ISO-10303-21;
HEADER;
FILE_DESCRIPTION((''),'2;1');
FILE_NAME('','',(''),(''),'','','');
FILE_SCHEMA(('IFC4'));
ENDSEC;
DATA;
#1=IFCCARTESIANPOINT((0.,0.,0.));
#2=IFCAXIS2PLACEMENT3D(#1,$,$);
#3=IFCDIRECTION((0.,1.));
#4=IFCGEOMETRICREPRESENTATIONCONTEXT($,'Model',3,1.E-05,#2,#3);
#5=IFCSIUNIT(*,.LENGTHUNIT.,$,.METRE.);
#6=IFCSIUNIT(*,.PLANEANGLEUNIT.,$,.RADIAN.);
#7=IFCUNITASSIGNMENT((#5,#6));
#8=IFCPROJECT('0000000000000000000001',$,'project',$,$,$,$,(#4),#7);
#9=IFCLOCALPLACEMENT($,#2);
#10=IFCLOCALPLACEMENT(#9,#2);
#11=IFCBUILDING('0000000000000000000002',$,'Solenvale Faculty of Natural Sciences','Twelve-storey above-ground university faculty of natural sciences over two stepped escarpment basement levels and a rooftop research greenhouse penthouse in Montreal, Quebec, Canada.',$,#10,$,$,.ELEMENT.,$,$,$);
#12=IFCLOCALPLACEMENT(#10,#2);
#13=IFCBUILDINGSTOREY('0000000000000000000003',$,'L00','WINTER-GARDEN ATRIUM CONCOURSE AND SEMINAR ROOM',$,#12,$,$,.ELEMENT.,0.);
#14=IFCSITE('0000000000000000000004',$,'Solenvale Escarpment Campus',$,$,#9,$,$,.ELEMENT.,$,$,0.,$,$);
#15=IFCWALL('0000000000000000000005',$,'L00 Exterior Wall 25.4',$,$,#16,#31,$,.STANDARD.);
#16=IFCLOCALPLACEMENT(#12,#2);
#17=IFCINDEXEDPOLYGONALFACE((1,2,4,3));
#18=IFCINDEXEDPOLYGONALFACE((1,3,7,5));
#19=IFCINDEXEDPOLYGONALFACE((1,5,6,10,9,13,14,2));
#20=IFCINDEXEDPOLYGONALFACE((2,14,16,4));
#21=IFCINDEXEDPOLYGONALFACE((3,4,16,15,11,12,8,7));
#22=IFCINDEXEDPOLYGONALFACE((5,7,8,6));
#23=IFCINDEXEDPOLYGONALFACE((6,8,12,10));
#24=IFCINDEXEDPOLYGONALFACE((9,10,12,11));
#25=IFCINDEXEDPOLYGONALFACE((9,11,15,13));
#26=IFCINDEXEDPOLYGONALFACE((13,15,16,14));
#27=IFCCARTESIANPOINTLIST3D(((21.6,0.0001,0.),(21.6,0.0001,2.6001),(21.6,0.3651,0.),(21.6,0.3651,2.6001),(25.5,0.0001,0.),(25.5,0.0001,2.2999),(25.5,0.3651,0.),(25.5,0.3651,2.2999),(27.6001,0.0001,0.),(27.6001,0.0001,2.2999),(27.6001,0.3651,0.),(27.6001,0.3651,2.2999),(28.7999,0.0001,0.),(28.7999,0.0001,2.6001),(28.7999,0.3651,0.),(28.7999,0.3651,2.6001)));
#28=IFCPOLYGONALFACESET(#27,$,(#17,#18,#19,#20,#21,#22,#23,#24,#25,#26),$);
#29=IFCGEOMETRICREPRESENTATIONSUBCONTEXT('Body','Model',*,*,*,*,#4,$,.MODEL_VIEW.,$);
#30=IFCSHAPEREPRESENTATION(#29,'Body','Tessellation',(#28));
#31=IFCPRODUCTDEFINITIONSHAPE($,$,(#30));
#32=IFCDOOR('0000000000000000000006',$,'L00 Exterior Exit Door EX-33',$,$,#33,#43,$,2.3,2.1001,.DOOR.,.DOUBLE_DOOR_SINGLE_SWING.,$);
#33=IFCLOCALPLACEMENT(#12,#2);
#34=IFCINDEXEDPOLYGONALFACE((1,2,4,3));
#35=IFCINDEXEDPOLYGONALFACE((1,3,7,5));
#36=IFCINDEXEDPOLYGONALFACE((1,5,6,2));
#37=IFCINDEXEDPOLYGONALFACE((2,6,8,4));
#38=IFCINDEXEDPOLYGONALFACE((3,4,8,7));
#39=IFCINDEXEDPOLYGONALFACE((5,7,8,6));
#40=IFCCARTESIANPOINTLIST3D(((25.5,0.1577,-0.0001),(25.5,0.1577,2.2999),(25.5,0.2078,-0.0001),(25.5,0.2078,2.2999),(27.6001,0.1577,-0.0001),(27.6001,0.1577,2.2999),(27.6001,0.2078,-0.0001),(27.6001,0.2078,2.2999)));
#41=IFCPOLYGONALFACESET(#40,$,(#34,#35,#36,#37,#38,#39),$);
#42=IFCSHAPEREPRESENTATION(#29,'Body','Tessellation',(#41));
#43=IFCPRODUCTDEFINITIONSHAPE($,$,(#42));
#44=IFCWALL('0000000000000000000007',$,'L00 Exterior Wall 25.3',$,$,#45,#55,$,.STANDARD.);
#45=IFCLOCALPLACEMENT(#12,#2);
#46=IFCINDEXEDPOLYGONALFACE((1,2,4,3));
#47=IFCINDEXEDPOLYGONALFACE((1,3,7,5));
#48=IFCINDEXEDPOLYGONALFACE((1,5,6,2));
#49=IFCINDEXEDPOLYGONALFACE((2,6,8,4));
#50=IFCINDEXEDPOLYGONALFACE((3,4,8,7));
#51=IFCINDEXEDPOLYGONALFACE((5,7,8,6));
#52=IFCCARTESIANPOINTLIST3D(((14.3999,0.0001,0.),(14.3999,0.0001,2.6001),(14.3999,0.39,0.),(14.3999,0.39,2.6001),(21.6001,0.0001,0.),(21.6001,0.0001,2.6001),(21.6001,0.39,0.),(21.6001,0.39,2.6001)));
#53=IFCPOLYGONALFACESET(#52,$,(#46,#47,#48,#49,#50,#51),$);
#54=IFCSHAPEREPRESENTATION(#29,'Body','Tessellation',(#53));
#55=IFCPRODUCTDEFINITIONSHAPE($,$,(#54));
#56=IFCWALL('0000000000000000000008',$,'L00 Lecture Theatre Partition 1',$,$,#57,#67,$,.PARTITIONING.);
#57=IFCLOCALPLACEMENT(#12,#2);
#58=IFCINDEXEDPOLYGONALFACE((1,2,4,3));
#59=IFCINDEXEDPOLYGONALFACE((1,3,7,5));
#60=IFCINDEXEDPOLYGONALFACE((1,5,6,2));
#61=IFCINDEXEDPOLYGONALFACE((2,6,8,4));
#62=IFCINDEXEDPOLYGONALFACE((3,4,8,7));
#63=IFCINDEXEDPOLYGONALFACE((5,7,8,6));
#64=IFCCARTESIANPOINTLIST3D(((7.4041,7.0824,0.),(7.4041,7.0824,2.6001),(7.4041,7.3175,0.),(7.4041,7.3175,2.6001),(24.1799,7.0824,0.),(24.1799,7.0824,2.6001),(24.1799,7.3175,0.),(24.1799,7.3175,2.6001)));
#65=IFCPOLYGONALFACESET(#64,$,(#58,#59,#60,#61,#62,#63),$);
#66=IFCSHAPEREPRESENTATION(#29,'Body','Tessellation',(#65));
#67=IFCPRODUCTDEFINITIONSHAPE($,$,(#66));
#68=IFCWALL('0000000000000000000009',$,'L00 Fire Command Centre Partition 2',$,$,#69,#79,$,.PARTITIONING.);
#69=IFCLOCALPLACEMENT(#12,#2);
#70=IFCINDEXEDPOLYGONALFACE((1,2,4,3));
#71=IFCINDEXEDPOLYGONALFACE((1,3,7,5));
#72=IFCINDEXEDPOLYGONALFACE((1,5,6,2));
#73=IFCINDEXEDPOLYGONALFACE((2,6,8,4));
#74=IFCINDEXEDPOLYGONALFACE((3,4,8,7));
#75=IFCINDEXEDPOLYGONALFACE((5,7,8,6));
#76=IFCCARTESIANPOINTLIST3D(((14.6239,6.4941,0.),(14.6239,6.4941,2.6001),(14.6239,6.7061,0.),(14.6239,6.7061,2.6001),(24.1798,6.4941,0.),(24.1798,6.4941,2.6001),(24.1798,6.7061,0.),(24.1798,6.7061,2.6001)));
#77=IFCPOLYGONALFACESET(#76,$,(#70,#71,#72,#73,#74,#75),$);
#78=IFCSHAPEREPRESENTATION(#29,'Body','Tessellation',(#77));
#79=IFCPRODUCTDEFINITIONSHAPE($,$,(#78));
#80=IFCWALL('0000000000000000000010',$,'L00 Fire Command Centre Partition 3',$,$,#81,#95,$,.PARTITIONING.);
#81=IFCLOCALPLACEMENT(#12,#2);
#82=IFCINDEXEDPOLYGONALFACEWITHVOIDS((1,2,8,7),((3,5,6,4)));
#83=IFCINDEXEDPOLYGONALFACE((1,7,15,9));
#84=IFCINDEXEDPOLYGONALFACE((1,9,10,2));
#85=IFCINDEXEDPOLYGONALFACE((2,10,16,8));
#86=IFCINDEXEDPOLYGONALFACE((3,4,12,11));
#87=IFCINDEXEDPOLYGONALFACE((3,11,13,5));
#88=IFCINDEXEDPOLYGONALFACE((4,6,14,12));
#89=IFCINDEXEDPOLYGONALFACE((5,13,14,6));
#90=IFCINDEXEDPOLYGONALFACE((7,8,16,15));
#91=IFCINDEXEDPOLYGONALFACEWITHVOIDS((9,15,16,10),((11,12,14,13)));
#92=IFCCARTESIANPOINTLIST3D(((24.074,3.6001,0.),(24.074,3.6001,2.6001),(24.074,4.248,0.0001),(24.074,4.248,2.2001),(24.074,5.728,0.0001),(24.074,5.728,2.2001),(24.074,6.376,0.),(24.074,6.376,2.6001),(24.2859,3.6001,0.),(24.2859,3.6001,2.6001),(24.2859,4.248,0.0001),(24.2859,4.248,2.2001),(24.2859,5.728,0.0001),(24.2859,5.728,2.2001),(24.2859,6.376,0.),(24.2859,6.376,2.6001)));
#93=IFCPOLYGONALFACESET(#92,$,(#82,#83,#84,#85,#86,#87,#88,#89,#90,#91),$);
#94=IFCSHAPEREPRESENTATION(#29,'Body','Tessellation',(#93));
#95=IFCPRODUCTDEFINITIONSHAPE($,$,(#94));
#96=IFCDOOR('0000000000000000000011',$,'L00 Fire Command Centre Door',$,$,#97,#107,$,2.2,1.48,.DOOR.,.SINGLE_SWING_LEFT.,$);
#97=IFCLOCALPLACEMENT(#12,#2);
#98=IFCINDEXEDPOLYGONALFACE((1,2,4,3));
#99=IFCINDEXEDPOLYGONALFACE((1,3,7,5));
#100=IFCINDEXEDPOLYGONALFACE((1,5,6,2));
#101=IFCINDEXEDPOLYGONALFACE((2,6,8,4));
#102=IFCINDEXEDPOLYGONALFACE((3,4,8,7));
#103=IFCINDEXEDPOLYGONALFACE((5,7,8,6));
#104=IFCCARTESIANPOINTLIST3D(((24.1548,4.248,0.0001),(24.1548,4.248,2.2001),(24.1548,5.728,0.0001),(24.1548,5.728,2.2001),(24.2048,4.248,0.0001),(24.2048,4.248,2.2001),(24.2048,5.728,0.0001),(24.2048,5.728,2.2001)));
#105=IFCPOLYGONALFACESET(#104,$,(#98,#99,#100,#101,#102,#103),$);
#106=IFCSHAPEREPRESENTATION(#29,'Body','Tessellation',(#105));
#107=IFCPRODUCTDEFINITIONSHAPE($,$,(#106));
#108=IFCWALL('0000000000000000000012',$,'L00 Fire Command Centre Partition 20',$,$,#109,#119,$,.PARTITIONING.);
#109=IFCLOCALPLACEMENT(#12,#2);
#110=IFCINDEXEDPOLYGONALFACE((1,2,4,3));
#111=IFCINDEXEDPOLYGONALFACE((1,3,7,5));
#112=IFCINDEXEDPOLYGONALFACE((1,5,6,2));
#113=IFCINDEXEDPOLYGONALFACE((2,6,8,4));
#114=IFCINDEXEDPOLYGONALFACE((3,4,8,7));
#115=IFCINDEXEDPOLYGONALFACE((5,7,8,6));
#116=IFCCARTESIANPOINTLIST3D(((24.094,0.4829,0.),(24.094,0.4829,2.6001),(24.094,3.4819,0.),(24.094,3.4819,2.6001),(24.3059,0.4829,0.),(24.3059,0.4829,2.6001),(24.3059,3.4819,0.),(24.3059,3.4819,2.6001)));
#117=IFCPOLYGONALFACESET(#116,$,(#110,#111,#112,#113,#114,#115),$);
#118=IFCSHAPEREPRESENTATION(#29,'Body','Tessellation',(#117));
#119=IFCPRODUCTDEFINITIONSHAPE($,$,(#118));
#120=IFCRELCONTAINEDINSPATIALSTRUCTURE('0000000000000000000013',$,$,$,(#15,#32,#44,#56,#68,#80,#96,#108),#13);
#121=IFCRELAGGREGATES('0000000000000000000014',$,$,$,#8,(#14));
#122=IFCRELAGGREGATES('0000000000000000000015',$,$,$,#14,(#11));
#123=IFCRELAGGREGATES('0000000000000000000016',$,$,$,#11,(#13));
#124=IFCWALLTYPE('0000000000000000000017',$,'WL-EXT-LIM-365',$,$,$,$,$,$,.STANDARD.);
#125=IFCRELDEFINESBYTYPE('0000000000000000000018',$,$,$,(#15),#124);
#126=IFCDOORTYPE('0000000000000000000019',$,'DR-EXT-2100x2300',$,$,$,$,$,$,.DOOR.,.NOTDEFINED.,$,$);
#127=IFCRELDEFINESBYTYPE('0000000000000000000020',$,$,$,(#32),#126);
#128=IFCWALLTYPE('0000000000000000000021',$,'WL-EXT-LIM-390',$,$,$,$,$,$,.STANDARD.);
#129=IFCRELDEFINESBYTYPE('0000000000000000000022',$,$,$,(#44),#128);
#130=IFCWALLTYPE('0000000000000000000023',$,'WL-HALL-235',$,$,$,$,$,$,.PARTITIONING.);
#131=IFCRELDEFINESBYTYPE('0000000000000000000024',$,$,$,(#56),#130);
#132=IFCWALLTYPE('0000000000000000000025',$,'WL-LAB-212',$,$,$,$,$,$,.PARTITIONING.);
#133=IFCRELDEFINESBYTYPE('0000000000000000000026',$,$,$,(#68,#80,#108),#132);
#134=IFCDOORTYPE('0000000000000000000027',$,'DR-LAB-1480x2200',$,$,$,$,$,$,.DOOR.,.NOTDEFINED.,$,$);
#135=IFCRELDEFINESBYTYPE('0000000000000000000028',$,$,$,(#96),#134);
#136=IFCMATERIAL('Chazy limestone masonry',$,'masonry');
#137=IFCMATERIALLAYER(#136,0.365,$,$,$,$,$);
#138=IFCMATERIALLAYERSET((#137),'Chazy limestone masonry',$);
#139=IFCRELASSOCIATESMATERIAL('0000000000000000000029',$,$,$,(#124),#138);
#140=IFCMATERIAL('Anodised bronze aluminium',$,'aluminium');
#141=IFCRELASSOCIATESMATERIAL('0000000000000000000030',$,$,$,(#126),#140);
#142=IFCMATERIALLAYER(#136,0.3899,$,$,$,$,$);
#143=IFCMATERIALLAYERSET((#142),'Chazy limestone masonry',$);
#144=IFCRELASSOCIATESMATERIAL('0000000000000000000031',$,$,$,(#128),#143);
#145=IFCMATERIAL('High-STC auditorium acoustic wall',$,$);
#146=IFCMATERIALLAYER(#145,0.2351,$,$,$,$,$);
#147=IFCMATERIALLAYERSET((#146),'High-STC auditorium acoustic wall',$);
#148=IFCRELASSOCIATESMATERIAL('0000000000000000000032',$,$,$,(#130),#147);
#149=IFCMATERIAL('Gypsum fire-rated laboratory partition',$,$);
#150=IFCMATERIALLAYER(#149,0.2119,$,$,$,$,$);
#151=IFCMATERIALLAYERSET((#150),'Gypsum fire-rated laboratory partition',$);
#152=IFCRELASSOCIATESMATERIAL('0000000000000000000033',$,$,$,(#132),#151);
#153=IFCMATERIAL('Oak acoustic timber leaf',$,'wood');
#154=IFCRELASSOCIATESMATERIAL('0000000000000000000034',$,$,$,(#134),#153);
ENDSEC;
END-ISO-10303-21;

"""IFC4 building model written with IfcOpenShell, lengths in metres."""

from ifc_helpers import new_model, si_unit, direction, frame, frame_2d, origin, place, context, subcontext, project, spatial, rectangle, extrude, material, layer, layer_set, type_object, element, fill, save


model = new_model("IFC4")

# Units and contexts
model_context = context("Model", 3, precision=1e-05, world=origin(), true_north=direction((0.0, 1.0)))
body_context = subcontext(model_context, "Body", "Model", "MODEL_VIEW")
ifc_project = project(units=[si_unit("LENGTHUNIT", "METRE"), si_unit("PLANEANGLEUNIT", "RADIAN")], contexts=[model_context])

# Site, building, storey
site_placement = place(None, origin())
site = spatial("IfcSite", under=ifc_project, at=site_placement, Name="Solenvale Escarpment Campus", CompositionType="ELEMENT", RefElevation=0.0)
building_placement = place(site_placement, origin())
building = spatial("IfcBuilding", under=site, at=building_placement, Name="Solenvale Faculty of Natural Sciences", Description="Twelve-storey above-ground university faculty of natural sciences over two stepped escarpment basement levels and a rooftop research greenhouse penthouse in Montreal, Quebec, Canada.", CompositionType="ELEMENT")
storey_placement = place(building_placement, origin())
storey = spatial("IfcBuildingStorey", under=building, at=storey_placement, Name="L00", Description="WINTER-GARDEN ATRIUM CONCOURSE AND SEMINAR ROOM", CompositionType="ELEMENT", Elevation=0.0)

# Wall, opening, door
ifc_material_1 = material(Name="Chazy limestone masonry", Category="masonry")
ifc_layer_1 = layer(ifc_material_1, 0.365)
ifc_layer_set_1 = layer_set([ifc_layer_1], Name="Chazy limestone masonry")
wall_type_1 = type_object("IfcWallType", Name="WL-EXT-LIM-365", PredefinedType="STANDARD", material=ifc_layer_set_1)
wall_1_placement = place(storey_placement, frame((28.8, 0.1826, 0.0), z_axis=(0.0, 0.0, 1.0), x_axis=(-1.0, 0.0, 0.0)))
wall_1 = element("IfcWall", 1, at=wall_1_placement, inside=storey, type_object=wall_type_1, Name="L00 Exterior Wall 25.4", PredefinedType="STANDARD", context=body_context, shape_type="SweptSolid", body=[
    extrude(rectangle(XDim=7.2, YDim=0.365, at=frame_2d((3.6001, 0.0))), origin(), (0.0, 0.0, 1.0), 2.6001),
])
opening_1_placement = place(wall_1_placement, frame((1.2, 0.0, 0.0)))
opening_1 = element("IfcOpeningElement", 2, at=opening_1_placement, cuts=wall_1, PredefinedType="OPENING", context=body_context, shape_type="SweptSolid", body=[
    extrude(rectangle(XDim=2.1001, YDim=2.3, at=frame_2d((1.05, 1.1499))), frame((0.0, 0.1924, 0.0), z_axis=(0.0, -1.0, 0.0), x_axis=(1.0, 0.0, 0.0)), (0.0, 0.0, 1.0), 0.385),
])
ifc_material_2 = material(Name="Anodised bronze aluminium", Category="aluminium")
door_type_1 = type_object("IfcDoorType", Name="DR-EXT-2100x2300", OperationType="NOTDEFINED", PredefinedType="DOOR", material=ifc_material_2)
door_1_placement = place(opening_1_placement, origin())
door_1 = element("IfcDoor", 3, at=door_1_placement, inside=storey, type_object=door_type_1, Name="L00 Exterior Exit Door EX-33", OperationType="DOUBLE_DOOR_SINGLE_SWING", OverallHeight=2.3, OverallWidth=2.1001, PredefinedType="DOOR", context=body_context, shape_type="SweptSolid", body=[
    extrude(rectangle(XDim=2.1001, YDim=2.3, at=frame_2d((1.05, 1.1499))), frame((0.0, 0.0249, 0.0), z_axis=(0.0, -1.0, 0.0), x_axis=(1.0, 0.0, 0.0)), (0.0, 0.0, 1.0), 0.05),
])
fill(opening_1, door_1)

# Walls
ifc_layer_2 = layer(ifc_material_1, 0.3899)
ifc_layer_set_2 = layer_set([ifc_layer_2], Name="Chazy limestone masonry")
wall_type_2 = type_object("IfcWallType", Name="WL-EXT-LIM-390", PredefinedType="STANDARD", material=ifc_layer_set_2)
wall_2_placement = place(storey_placement, frame((21.6001, 0.1951, 0.0), z_axis=(0.0, 0.0, 1.0), x_axis=(-1.0, 0.0, 0.0)))
element("IfcWall", 4, at=wall_2_placement, inside=storey, type_object=wall_type_2, Name="L00 Exterior Wall 25.3", PredefinedType="STANDARD", context=body_context, shape_type="SweptSolid", body=[
    extrude(rectangle(XDim=7.2002, YDim=0.3899, at=frame_2d((3.6001, 0.0))), origin(), (0.0, 0.0, 1.0), 2.6001),
])
ifc_material_3 = material(Name="High-STC auditorium acoustic wall")
ifc_layer_3 = layer(ifc_material_3, 0.2351)
ifc_layer_set_3 = layer_set([ifc_layer_3], Name="High-STC auditorium acoustic wall")
wall_type_3 = type_object("IfcWallType", Name="WL-HALL-235", PredefinedType="PARTITIONING", material=ifc_layer_set_3)
wall_3_placement = place(storey_placement, frame((24.1799, 7.2, 0.0), z_axis=(0.0, 0.0, 1.0), x_axis=(-1.0, 0.0, 0.0)))
element("IfcWall", 5, at=wall_3_placement, inside=storey, type_object=wall_type_3, Name="L00 Lecture Theatre Partition 1", PredefinedType="PARTITIONING", context=body_context, shape_type="SweptSolid", body=[
    extrude(rectangle(XDim=16.7759, YDim=0.2351, at=frame_2d((8.3879, 0.0))), origin(), (0.0, 0.0, 1.0), 2.6001),
])
ifc_material_4 = material(Name="Gypsum fire-rated laboratory partition")
ifc_layer_4 = layer(ifc_material_4, 0.2119)
ifc_layer_set_4 = layer_set([ifc_layer_4], Name="Gypsum fire-rated laboratory partition")
wall_type_4 = type_object("IfcWallType", Name="WL-LAB-212", PredefinedType="PARTITIONING", material=ifc_layer_set_4)
wall_4_placement = place(storey_placement, frame((14.624, 6.6001, 0.0), z_axis=(0.0, 0.0, 1.0), x_axis=(1.0, 0.0, 0.0)))
element("IfcWall", 6, at=wall_4_placement, inside=storey, type_object=wall_type_4, Name="L00 Fire Command Centre Partition 2", PredefinedType="PARTITIONING", context=body_context, shape_type="SweptSolid", body=[
    extrude(rectangle(XDim=9.5559, YDim=0.2119, at=frame_2d((4.7778, 0.0))), origin(), (0.0, 0.0, 1.0), 2.6001),
])

# Wall, opening, door
wall_5_placement = place(storey_placement, frame((24.1799, 6.376, 0.0), z_axis=(0.0, 0.0, 1.0), x_axis=(0.0, -1.0, 0.0)))
wall_5 = element("IfcWall", 7, at=wall_5_placement, inside=storey, type_object=wall_type_4, Name="L00 Fire Command Centre Partition 3", PredefinedType="PARTITIONING", context=body_context, shape_type="SweptSolid", body=[
    extrude(rectangle(XDim=2.7759, YDim=0.2119, at=frame_2d((1.3879, 0.0))), origin(), (0.0, 0.0, 1.0), 2.6001),
])
opening_2_placement = place(wall_5_placement, frame((0.6479, 0.0, 0.0)))
opening_2 = element("IfcOpeningElement", 8, at=opening_2_placement, cuts=wall_5, PredefinedType="OPENING", context=body_context, shape_type="SweptSolid", body=[
    extrude(rectangle(XDim=1.48, YDim=2.2, at=frame_2d((0.74, 1.1001))), frame((0.0, 0.116, 0.0), z_axis=(0.0, -1.0, 0.0), x_axis=(1.0, 0.0, 0.0)), (0.0, 0.0, 1.0), 0.2319),
])
ifc_material_5 = material(Name="Oak acoustic timber leaf", Category="wood")
door_type_2 = type_object("IfcDoorType", Name="DR-LAB-1480x2200", OperationType="NOTDEFINED", PredefinedType="DOOR", material=ifc_material_5)
door_2_placement = place(opening_2_placement, origin())
door_2 = element("IfcDoor", 9, at=door_2_placement, inside=storey, type_object=door_type_2, Name="L00 Fire Command Centre Door", OperationType="SINGLE_SWING_LEFT", OverallHeight=2.2, OverallWidth=1.48, PredefinedType="DOOR", context=body_context, shape_type="SweptSolid", body=[
    extrude(rectangle(XDim=1.48, YDim=2.2, at=frame_2d((0.74, 1.1001))), frame((0.0, 0.0249, 0.0), z_axis=(0.0, -1.0, 0.0), x_axis=(1.0, 0.0, 0.0)), (0.0, 0.0, 1.0), 0.05),
])
fill(opening_2, door_2)

# Wall
wall_6_placement = place(storey_placement, frame((24.2, 3.4819, 0.0), z_axis=(0.0, 0.0, 1.0), x_axis=(0.0, -1.0, 0.0)))
element("IfcWall", 10, at=wall_6_placement, inside=storey, type_object=wall_type_4, Name="L00 Fire Command Centre Partition 20", PredefinedType="PARTITIONING", context=body_context, shape_type="SweptSolid", body=[
    extrude(rectangle(XDim=2.999, YDim=0.2119, at=frame_2d((1.4995, 0.0))), origin(), (0.0, 0.0, 1.0), 2.6001),
])

save(model, "model.ifc")
